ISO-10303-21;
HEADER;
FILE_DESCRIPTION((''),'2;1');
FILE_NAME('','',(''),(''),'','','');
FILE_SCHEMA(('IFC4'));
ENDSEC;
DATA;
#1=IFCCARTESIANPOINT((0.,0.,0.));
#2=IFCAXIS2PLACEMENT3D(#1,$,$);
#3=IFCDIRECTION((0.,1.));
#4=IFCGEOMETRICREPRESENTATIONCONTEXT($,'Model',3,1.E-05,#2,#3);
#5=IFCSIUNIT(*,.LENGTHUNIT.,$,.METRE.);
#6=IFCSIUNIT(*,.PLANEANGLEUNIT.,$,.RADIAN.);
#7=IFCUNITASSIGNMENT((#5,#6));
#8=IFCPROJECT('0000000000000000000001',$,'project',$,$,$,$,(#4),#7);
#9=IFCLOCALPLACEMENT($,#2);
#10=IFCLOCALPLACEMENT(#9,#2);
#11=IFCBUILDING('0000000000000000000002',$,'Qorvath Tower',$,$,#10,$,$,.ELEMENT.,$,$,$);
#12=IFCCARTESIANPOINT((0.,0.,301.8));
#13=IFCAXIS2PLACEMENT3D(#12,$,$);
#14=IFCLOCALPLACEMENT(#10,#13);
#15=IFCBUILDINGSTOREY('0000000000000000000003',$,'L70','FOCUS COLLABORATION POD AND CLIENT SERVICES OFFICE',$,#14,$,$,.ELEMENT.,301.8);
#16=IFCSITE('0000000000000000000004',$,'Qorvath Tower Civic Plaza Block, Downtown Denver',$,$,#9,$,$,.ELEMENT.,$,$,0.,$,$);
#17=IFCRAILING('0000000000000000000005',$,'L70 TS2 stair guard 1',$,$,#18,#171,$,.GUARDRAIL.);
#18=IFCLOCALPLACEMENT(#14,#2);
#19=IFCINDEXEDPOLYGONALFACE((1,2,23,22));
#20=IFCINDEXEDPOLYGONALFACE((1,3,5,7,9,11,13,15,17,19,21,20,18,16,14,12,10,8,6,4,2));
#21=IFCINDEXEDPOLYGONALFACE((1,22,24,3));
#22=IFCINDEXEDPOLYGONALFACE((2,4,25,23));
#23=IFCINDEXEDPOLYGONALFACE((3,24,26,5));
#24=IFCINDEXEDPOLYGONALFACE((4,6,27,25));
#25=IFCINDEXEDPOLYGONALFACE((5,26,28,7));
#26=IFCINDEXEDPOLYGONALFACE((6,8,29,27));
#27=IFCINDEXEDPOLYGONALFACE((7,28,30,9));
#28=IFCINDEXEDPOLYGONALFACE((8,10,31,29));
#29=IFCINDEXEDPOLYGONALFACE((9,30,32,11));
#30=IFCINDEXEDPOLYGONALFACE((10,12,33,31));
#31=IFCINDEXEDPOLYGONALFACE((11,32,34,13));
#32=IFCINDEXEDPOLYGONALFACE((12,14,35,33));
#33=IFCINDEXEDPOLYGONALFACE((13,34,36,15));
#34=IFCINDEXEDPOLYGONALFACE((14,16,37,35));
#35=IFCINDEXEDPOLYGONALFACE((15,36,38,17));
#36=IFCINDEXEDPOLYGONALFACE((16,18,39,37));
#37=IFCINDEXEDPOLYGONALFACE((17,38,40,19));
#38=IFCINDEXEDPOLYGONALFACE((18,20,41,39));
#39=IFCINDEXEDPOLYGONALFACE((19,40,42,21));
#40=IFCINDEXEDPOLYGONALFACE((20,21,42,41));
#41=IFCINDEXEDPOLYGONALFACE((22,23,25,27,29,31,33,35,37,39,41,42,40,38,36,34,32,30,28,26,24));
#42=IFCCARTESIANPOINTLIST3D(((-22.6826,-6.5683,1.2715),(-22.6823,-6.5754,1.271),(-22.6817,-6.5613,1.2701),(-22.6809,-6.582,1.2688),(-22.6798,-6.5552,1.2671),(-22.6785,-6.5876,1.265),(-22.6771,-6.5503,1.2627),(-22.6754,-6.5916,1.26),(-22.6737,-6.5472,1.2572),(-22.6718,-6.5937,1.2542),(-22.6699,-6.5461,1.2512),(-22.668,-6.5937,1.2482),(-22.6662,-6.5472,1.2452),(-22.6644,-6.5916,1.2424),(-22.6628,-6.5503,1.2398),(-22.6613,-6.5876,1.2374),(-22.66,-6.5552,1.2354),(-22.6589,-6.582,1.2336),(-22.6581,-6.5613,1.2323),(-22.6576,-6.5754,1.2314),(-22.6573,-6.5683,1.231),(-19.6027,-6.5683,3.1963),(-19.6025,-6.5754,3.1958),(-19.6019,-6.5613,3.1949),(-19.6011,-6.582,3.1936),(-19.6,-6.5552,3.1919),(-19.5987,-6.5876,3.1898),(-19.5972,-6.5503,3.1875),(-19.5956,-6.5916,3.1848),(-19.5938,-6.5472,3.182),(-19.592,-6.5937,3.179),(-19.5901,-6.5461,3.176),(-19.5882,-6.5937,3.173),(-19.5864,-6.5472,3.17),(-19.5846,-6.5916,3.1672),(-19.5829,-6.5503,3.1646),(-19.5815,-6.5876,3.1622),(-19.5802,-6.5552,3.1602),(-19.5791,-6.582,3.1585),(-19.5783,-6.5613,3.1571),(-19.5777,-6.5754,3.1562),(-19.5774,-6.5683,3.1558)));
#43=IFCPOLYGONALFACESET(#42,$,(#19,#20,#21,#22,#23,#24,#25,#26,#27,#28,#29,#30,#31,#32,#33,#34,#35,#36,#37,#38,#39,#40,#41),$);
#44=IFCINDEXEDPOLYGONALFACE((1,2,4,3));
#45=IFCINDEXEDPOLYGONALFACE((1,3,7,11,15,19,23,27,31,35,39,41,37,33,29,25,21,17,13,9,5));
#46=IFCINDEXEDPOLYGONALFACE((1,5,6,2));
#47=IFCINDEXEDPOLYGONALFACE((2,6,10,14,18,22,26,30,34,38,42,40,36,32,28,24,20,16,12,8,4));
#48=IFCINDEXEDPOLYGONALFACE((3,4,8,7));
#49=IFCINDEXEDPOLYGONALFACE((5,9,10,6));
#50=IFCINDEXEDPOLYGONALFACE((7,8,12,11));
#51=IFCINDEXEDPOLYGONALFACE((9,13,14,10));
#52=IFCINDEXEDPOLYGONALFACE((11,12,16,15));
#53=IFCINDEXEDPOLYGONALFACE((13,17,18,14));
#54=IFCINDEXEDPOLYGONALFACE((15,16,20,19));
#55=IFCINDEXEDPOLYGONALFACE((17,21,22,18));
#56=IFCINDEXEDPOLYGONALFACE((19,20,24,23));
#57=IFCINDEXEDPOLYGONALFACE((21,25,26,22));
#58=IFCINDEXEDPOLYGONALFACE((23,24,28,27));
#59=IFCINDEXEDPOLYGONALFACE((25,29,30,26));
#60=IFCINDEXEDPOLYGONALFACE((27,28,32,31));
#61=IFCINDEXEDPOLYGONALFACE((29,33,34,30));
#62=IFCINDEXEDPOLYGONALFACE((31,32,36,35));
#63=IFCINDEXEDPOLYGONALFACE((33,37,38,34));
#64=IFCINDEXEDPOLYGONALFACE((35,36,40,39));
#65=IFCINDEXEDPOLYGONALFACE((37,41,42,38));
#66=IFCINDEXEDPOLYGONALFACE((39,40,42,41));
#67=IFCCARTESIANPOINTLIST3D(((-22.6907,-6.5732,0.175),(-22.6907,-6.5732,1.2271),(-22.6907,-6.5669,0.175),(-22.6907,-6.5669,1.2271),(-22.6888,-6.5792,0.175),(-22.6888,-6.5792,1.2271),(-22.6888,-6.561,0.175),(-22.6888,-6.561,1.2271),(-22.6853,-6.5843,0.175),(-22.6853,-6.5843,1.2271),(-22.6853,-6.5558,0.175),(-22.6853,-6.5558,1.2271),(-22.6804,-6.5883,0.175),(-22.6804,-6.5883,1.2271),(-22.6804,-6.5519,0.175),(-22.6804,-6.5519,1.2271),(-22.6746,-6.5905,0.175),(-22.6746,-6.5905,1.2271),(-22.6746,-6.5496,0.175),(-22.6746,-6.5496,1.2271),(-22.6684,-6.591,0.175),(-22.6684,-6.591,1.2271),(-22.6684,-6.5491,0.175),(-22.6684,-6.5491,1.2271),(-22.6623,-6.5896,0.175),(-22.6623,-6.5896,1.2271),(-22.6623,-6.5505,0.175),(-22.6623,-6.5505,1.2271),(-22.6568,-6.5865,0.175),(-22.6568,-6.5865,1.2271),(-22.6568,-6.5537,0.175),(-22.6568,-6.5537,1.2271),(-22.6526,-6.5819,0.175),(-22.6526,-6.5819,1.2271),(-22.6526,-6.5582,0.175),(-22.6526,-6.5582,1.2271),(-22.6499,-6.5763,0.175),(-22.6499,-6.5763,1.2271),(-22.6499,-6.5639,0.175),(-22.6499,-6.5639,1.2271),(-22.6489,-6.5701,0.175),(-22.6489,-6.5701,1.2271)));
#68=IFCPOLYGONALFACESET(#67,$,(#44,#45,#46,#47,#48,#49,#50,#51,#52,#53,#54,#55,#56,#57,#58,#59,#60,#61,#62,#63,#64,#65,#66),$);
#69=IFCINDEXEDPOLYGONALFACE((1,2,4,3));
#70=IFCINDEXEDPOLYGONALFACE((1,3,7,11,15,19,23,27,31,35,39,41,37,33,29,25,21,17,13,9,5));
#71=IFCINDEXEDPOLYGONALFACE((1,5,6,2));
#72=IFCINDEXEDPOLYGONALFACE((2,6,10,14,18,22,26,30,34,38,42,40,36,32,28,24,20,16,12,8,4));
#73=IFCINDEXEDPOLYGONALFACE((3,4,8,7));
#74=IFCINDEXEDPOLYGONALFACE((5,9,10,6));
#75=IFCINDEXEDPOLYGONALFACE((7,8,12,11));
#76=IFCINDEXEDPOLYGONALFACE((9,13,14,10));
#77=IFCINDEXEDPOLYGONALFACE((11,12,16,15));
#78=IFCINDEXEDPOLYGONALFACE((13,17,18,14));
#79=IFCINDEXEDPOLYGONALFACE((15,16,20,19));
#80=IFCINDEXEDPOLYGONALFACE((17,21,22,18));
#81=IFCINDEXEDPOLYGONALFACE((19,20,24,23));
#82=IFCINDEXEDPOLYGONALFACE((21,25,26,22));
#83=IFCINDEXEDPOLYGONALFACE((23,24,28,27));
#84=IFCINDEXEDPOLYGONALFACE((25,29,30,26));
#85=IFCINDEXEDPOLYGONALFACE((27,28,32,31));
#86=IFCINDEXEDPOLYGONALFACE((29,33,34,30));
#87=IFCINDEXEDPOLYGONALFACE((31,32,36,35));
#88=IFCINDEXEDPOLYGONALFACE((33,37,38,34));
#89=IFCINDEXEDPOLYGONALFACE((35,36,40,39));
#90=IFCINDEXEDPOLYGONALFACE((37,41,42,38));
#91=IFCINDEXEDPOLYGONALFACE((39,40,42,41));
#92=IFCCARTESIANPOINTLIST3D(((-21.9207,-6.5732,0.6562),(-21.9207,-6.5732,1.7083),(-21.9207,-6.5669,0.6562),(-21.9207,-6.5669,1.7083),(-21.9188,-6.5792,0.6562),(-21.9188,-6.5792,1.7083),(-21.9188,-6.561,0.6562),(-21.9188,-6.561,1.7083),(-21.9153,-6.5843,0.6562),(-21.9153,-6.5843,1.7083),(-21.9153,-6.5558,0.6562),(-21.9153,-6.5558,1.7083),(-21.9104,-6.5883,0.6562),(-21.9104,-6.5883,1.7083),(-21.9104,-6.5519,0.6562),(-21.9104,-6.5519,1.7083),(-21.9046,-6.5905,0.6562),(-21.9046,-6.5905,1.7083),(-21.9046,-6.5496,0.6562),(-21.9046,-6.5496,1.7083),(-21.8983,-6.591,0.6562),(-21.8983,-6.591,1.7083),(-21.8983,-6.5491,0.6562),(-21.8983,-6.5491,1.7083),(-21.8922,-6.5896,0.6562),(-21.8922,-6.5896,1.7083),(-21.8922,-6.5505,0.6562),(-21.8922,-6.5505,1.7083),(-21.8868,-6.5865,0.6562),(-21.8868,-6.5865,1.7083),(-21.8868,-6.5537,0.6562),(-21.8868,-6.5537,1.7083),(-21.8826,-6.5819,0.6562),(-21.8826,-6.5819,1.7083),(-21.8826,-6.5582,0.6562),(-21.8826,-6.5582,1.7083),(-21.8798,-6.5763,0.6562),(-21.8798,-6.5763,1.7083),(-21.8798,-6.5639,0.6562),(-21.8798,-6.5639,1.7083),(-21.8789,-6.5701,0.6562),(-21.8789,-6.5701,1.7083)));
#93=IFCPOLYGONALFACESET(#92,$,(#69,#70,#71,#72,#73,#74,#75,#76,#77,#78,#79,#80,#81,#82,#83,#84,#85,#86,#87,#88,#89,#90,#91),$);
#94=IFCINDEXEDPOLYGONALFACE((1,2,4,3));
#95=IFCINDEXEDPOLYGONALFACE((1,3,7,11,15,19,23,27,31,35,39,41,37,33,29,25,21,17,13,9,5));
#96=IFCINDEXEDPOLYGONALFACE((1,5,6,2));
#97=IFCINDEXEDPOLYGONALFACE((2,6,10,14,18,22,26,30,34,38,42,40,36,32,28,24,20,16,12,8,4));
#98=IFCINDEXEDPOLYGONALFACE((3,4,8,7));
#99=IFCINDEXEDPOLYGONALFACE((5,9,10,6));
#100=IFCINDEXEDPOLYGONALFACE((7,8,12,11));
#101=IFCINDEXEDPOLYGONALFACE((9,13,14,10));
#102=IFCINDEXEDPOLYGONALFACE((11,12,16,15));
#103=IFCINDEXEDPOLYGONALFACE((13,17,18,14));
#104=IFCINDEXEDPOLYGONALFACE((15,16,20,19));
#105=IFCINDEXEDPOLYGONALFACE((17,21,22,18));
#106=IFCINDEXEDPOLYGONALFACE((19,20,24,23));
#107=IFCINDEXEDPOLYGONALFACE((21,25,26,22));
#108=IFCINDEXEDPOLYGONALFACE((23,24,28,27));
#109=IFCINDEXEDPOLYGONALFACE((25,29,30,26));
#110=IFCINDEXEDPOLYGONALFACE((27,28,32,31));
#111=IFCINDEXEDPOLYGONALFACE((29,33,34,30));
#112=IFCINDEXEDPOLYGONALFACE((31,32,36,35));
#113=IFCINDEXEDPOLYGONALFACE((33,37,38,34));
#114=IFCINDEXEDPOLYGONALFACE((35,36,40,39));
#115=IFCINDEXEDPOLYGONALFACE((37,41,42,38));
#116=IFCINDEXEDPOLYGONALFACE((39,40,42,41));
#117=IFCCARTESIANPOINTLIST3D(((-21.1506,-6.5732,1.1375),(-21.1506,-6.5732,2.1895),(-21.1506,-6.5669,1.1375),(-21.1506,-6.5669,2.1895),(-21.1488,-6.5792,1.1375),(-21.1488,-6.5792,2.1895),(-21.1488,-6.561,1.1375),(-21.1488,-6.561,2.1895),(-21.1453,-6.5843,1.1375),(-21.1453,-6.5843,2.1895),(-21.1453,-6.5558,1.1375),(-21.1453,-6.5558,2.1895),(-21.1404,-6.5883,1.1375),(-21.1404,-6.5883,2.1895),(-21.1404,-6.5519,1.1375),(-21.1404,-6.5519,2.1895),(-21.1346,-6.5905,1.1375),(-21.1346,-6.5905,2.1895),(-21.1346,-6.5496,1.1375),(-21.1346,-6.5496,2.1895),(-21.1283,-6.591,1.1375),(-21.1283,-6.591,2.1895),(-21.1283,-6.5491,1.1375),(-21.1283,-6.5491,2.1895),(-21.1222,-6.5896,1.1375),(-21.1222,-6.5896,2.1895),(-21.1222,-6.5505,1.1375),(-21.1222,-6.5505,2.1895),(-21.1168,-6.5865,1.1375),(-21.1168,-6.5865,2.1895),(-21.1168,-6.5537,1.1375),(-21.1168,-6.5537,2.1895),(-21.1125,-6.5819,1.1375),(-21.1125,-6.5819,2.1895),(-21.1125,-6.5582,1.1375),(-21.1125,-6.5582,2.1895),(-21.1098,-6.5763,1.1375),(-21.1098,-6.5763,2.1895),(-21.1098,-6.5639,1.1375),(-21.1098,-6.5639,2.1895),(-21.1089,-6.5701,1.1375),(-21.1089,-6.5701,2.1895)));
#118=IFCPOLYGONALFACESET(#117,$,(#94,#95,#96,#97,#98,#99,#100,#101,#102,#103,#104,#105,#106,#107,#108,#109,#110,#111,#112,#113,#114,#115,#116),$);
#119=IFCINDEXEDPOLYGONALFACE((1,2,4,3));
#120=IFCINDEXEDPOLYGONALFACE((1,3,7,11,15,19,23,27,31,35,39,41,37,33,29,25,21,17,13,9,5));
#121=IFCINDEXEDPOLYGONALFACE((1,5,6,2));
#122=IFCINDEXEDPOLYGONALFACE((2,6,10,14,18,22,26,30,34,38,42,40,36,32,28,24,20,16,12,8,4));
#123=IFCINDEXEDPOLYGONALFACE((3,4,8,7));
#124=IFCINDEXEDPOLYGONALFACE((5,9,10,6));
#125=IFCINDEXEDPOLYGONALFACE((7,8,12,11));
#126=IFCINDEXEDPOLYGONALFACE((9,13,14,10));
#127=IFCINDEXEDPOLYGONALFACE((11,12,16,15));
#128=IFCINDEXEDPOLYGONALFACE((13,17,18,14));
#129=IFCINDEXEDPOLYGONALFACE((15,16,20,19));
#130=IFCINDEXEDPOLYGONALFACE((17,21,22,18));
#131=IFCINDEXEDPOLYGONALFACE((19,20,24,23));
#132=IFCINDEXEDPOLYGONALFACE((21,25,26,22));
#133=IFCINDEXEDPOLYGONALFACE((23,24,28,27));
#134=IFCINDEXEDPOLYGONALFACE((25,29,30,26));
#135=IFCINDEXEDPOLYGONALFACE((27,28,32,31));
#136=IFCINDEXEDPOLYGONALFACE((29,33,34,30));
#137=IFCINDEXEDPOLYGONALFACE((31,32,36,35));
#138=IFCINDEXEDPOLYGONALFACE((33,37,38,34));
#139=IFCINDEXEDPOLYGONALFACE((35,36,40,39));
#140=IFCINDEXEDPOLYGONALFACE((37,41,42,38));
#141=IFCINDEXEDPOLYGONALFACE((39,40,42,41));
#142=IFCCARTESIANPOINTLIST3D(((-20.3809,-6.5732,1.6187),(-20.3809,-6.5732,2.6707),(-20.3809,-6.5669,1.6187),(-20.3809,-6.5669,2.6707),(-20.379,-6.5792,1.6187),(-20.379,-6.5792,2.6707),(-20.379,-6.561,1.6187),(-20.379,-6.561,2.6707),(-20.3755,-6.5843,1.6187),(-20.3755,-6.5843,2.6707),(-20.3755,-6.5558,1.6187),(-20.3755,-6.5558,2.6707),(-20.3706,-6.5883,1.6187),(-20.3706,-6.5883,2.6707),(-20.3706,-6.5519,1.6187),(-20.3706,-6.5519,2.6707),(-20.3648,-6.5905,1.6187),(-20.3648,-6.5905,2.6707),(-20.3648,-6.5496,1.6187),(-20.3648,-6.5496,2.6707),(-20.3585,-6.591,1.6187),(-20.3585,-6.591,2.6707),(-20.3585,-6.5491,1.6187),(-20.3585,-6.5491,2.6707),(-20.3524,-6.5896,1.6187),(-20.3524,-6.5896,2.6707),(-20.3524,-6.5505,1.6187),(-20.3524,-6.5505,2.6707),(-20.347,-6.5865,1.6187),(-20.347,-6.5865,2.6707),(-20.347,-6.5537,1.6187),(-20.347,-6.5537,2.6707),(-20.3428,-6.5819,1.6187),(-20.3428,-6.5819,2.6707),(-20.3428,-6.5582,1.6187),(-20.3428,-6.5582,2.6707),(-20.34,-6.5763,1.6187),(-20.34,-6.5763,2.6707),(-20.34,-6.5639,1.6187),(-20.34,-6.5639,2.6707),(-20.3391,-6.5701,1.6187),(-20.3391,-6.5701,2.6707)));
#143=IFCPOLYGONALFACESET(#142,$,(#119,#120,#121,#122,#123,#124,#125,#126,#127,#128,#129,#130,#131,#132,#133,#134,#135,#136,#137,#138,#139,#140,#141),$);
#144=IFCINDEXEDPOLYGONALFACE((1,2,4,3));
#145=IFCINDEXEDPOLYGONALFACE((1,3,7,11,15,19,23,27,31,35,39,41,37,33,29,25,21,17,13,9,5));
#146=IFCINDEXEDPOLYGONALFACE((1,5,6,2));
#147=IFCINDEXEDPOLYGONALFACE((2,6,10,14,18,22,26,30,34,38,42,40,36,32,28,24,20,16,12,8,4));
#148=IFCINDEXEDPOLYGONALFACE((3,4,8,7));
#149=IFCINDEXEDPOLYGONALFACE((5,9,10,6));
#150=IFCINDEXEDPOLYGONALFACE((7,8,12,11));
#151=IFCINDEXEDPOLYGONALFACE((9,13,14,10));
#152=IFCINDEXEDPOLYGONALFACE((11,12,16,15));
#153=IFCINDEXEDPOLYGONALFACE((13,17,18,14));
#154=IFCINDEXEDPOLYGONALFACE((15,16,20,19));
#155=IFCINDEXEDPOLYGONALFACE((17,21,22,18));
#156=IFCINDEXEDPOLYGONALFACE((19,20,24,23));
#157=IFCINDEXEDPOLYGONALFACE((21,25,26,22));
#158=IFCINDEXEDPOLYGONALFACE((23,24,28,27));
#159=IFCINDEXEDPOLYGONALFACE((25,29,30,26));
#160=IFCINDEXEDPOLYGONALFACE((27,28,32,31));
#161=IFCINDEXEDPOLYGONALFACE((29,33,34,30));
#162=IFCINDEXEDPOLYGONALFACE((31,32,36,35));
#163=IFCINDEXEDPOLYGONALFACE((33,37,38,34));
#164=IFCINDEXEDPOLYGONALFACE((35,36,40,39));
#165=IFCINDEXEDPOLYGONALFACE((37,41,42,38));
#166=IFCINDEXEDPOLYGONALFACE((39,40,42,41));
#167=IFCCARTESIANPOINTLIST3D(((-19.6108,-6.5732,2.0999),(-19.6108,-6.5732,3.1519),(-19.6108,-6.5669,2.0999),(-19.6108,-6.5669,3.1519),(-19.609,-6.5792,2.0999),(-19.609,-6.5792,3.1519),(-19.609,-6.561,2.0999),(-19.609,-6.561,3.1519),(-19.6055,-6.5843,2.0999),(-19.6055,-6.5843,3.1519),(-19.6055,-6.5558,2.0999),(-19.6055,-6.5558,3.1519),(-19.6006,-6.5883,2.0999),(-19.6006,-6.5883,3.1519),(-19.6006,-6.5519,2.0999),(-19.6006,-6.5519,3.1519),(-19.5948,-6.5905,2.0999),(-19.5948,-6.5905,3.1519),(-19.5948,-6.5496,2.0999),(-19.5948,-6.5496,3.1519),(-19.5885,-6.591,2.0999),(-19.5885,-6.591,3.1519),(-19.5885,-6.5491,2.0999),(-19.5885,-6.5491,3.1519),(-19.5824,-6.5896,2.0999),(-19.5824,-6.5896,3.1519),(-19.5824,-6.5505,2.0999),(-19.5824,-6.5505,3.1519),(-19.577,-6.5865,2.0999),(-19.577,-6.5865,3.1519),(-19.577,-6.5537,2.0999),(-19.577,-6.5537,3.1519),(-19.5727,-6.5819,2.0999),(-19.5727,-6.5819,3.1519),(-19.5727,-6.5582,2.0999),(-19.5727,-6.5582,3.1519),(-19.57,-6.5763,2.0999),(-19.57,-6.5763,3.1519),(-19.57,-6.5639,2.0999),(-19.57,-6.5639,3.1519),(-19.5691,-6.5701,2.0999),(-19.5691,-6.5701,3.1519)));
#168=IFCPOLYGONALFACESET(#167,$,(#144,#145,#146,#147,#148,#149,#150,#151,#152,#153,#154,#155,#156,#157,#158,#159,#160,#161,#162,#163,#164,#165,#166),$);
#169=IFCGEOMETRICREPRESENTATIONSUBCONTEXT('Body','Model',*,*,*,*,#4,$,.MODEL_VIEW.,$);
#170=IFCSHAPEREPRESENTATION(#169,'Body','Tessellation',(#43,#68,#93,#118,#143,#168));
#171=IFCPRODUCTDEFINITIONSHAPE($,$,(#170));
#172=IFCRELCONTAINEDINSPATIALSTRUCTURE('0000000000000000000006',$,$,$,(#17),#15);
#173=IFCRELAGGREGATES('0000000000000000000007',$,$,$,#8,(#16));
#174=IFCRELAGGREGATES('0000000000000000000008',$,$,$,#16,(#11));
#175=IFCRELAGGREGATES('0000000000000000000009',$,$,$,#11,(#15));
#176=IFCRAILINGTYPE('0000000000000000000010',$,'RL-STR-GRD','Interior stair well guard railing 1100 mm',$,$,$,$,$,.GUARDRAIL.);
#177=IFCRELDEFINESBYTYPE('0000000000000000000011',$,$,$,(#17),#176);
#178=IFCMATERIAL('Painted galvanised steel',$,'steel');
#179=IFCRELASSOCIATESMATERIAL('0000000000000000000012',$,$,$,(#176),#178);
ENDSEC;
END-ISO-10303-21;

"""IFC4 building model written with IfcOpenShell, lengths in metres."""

from ifc_helpers import new_model, si_unit, direction, frame, origin, origin_2d, place, context, subcontext, project, spatial, circle, extrude, material, type_object, element, save


model = new_model("IFC4")

# Units and contexts
model_context = context("Model", 3, precision=1e-05, world=origin(), true_north=direction((0.0, 1.0)))
body_context = subcontext(model_context, "Body", "Model", "MODEL_VIEW")
ifc_project = project(units=[si_unit("LENGTHUNIT", "METRE"), si_unit("PLANEANGLEUNIT", "RADIAN")], contexts=[model_context])

# Site, building, storey
site_placement = place(None, origin())
site = spatial("IfcSite", under=ifc_project, at=site_placement, Name="Qorvath Tower Civic Plaza Block, Downtown Denver", CompositionType="ELEMENT", RefElevation=0.0)
building_placement = place(site_placement, origin())
building = spatial("IfcBuilding", under=site, at=building_placement, Name="Qorvath Tower", CompositionType="ELEMENT")
storey_placement = place(building_placement, frame((0.0, 0.0, 301.8)))
storey = spatial("IfcBuildingStorey", under=building, at=storey_placement, Name="L70", Description="FOCUS COLLABORATION POD AND CLIENT SERVICES OFFICE", CompositionType="ELEMENT", Elevation=301.8)

# Railing
ifc_material_1 = material(Name="Painted galvanised steel", Category="steel")
railing_type_1 = type_object("IfcRailingType", Name="RL-STR-GRD", Description="Interior stair well guard railing 1100 mm", PredefinedType="GUARDRAIL", material=ifc_material_1)
railing_1_placement = place(storey_placement, frame((-22.6699, -6.5701, 0.175)))
element("IfcRailing", 1, at=railing_1_placement, inside=storey, type_object=railing_type_1, Name="L70 TS2 stair guard 1", PredefinedType="GUARDRAIL", context=body_context, shape_type="SweptSolid", body=[
    extrude(circle(Radius=0.0239, at=origin_2d()), frame((0.0, 0.0, 1.0762), z_axis=(0.84801, 0.0, 0.529981), x_axis=(0.0, 1.0, 0.0)), (0.0, 0.0, 1.0), 3.6318),
    extrude(circle(Radius=0.021, at=origin_2d()), origin(), (0.0, 0.0, 1.0), 1.052),
    extrude(circle(Radius=0.021, at=origin_2d()), frame((0.77, 0.0, 0.4812)), (0.0, 0.0, 1.0), 1.052),
    extrude(circle(Radius=0.021, at=origin_2d()), frame((1.54, 0.0, 0.9624)), (0.0, 0.0, 1.0), 1.052),
    extrude(circle(Radius=0.021, at=origin_2d()), frame((2.3098, 0.0, 1.4436)), (0.0, 0.0, 1.0), 1.052),
    extrude(circle(Radius=0.021, at=origin_2d()), frame((3.0798, 0.0, 1.9248)), (0.0, 0.0, 1.0), 1.052),
])

save(model, "model.ifc")
